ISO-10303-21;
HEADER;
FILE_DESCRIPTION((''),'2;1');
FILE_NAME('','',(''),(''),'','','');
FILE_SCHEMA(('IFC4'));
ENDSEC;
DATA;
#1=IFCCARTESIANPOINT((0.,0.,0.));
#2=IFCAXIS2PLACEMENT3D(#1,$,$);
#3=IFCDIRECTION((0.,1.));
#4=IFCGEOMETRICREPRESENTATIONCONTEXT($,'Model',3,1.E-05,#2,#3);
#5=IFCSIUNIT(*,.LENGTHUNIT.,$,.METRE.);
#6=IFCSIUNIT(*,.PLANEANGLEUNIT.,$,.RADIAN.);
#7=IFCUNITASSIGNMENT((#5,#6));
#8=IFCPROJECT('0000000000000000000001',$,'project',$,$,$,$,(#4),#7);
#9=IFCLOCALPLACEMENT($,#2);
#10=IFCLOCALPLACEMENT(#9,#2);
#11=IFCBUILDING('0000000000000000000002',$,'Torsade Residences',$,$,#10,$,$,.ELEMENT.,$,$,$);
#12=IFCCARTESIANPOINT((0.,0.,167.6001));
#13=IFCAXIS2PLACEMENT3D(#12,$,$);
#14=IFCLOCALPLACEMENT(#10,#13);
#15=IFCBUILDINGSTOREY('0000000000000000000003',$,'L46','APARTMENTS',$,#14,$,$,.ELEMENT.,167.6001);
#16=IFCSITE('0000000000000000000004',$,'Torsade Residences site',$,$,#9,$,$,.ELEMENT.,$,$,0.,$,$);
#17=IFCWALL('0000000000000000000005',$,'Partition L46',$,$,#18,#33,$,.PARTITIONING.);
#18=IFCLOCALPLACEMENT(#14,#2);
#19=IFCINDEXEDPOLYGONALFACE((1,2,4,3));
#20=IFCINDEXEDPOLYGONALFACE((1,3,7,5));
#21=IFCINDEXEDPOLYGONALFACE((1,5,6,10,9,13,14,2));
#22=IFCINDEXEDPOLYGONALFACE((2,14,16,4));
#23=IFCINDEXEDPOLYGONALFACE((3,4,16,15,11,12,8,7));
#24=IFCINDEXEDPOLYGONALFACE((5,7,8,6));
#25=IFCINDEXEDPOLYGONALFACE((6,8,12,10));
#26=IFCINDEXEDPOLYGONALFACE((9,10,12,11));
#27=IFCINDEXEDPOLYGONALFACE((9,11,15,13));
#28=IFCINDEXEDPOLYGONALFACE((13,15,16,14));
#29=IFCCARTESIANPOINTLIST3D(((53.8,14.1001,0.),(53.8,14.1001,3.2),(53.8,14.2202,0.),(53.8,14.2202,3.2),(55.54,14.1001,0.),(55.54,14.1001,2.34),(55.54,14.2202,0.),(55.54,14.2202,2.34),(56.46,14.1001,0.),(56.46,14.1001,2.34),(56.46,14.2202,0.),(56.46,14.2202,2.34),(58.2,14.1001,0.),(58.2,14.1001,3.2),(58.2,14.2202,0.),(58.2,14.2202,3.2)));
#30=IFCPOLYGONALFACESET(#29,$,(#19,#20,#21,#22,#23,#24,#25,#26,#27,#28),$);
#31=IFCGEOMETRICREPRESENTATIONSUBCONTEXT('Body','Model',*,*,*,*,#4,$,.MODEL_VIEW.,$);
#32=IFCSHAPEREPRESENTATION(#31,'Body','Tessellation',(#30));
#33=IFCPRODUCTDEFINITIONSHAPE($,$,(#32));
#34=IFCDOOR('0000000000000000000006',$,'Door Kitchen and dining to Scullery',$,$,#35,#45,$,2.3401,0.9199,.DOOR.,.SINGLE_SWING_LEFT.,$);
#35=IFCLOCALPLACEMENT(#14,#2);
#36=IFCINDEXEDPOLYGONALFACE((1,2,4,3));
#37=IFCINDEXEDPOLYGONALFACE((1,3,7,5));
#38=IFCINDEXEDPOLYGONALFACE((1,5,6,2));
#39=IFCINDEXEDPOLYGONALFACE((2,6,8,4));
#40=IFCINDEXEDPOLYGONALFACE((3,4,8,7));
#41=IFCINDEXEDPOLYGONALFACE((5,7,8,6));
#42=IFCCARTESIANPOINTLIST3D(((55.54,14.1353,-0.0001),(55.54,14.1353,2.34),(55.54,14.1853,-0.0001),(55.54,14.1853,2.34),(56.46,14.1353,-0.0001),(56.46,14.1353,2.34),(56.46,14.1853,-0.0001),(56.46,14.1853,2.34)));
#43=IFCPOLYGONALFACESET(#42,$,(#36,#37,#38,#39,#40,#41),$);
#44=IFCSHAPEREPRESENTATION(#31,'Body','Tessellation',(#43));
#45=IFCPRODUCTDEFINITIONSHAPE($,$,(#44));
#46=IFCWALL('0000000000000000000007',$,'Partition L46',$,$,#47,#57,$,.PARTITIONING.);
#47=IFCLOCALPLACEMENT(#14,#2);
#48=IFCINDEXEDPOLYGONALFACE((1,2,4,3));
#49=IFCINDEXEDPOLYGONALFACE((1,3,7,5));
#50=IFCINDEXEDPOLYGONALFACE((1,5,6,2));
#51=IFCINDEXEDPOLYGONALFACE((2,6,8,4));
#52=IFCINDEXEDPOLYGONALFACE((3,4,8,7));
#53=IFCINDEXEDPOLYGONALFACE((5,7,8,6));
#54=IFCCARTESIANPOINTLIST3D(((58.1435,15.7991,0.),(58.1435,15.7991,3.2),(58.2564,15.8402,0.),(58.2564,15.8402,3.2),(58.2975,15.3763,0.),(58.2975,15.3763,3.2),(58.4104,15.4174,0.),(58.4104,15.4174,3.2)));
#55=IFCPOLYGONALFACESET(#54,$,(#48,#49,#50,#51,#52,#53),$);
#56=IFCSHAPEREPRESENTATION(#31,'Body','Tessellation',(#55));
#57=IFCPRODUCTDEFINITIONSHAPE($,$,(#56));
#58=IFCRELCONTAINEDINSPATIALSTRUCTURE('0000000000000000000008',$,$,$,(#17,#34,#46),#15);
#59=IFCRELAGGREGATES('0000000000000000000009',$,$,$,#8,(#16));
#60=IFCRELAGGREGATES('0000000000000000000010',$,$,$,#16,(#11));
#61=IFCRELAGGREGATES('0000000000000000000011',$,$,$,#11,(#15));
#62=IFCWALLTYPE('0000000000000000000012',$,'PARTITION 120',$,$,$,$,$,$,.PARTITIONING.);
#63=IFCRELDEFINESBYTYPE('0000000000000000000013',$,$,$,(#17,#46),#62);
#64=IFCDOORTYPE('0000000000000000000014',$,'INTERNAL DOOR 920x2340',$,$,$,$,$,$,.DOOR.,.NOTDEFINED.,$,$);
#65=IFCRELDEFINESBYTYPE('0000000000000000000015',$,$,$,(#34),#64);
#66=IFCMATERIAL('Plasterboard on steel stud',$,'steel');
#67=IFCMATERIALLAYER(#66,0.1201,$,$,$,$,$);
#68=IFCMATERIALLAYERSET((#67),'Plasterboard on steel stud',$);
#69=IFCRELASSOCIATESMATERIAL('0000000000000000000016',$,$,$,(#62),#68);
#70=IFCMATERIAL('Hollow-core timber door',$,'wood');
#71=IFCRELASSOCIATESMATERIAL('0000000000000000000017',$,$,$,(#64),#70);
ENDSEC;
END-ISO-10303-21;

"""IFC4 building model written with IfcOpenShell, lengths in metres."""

from ifc_helpers import new_model, si_unit, direction, frame, frame_2d, origin, place, context, subcontext, project, spatial, rectangle, extrude, material, layer, layer_set, type_object, element, fill, save


model = new_model("IFC4")

# Units and contexts
model_context = context("Model", 3, precision=1e-05, world=origin(), true_north=direction((0.0, 1.0)))
body_context = subcontext(model_context, "Body", "Model", "MODEL_VIEW")
ifc_project = project(units=[si_unit("LENGTHUNIT", "METRE"), si_unit("PLANEANGLEUNIT", "RADIAN")], contexts=[model_context])

# Site, building, storey
site_placement = place(None, origin())
site = spatial("IfcSite", under=ifc_project, at=site_placement, Name="Torsade Residences site", CompositionType="ELEMENT", RefElevation=0.0)
building_placement = place(site_placement, origin())
building = spatial("IfcBuilding", under=site, at=building_placement, Name="Torsade Residences", CompositionType="ELEMENT")
storey_placement = place(building_placement, frame((0.0, 0.0, 167.6001)))
storey = spatial("IfcBuildingStorey", under=building, at=storey_placement, Name="L46", Description="APARTMENTS", CompositionType="ELEMENT", Elevation=167.6001)

# Shared definitions
ifc_material_1 = material(Name="Plasterboard on steel stud", Category="steel")
ifc_layer_1 = layer(ifc_material_1, 0.1201)
ifc_layer_set_1 = layer_set([ifc_layer_1], Name="Plasterboard on steel stud")
wall_type_1 = type_object("IfcWallType", Name="PARTITION 120", PredefinedType="PARTITIONING", material=ifc_layer_set_1)
ifc_material_2 = material(Name="Hollow-core timber door", Category="wood")
door_type_1 = type_object("IfcDoorType", Name="INTERNAL DOOR 920x2340", OperationType="NOTDEFINED", PredefinedType="DOOR", material=ifc_material_2)

# Wall, opening, door
wall_1_placement = place(storey_placement, frame((58.2, 14.1602, 0.0), z_axis=(0.0, 0.0, 1.0), x_axis=(-1.0, 0.0, 0.0)))
wall_1 = element("IfcWall", 1, at=wall_1_placement, inside=storey, type_object=wall_type_1, Name="Partition L46", PredefinedType="PARTITIONING", context=body_context, shape_type="SweptSolid", body=[
    extrude(rectangle(XDim=4.3999, YDim=0.1201, at=frame_2d((2.2, 0.0))), origin(), (0.0, 0.0, 1.0), 3.2),
])
opening_1_placement = place(wall_1_placement, frame((1.74, 0.0, 0.0)))
opening_1 = element("IfcOpeningElement", 2, at=opening_1_placement, cuts=wall_1, PredefinedType="OPENING", context=body_context, shape_type="SweptSolid", body=[
    extrude(rectangle(XDim=0.9199, YDim=2.3401, at=frame_2d((0.46, 1.1699))), frame((0.0, 0.0701, 0.0), z_axis=(0.0, -1.0, 0.0), x_axis=(1.0, 0.0, 0.0)), (0.0, 0.0, 1.0), 0.1401),
])
door_1_placement = place(opening_1_placement, origin())
door_1 = element("IfcDoor", 3, at=door_1_placement, inside=storey, type_object=door_type_1, Name="Door Kitchen and dining to Scullery", OperationType="SINGLE_SWING_LEFT", OverallHeight=2.3401, OverallWidth=0.9199, PredefinedType="DOOR", context=body_context, shape_type="SweptSolid", body=[
    extrude(rectangle(XDim=0.9199, YDim=2.3401, at=frame_2d((0.46, 1.1699))), frame((0.0, 0.0249, 0.0), z_axis=(0.0, -1.0, 0.0), x_axis=(1.0, 0.0, 0.0)), (0.0, 0.0, 1.0), 0.05),
])
fill(opening_1, door_1)

# Wall
wall_2_placement = place(storey_placement, frame((58.354, 15.3967, 0.0), z_axis=(0.0, 0.0, 1.0), x_axis=(-0.342309, 0.939587, 0.0)))
element("IfcWall", 4, at=wall_2_placement, inside=storey, type_object=wall_type_1, Name="Partition L46", PredefinedType="PARTITIONING", context=body_context, shape_type="SweptSolid", body=[
    extrude(rectangle(XDim=0.45, YDim=0.1201, at=frame_2d((0.2251, 0.0))), origin(), (0.0, 0.0, 1.0), 3.2),
])

save(model, "model.ifc")
